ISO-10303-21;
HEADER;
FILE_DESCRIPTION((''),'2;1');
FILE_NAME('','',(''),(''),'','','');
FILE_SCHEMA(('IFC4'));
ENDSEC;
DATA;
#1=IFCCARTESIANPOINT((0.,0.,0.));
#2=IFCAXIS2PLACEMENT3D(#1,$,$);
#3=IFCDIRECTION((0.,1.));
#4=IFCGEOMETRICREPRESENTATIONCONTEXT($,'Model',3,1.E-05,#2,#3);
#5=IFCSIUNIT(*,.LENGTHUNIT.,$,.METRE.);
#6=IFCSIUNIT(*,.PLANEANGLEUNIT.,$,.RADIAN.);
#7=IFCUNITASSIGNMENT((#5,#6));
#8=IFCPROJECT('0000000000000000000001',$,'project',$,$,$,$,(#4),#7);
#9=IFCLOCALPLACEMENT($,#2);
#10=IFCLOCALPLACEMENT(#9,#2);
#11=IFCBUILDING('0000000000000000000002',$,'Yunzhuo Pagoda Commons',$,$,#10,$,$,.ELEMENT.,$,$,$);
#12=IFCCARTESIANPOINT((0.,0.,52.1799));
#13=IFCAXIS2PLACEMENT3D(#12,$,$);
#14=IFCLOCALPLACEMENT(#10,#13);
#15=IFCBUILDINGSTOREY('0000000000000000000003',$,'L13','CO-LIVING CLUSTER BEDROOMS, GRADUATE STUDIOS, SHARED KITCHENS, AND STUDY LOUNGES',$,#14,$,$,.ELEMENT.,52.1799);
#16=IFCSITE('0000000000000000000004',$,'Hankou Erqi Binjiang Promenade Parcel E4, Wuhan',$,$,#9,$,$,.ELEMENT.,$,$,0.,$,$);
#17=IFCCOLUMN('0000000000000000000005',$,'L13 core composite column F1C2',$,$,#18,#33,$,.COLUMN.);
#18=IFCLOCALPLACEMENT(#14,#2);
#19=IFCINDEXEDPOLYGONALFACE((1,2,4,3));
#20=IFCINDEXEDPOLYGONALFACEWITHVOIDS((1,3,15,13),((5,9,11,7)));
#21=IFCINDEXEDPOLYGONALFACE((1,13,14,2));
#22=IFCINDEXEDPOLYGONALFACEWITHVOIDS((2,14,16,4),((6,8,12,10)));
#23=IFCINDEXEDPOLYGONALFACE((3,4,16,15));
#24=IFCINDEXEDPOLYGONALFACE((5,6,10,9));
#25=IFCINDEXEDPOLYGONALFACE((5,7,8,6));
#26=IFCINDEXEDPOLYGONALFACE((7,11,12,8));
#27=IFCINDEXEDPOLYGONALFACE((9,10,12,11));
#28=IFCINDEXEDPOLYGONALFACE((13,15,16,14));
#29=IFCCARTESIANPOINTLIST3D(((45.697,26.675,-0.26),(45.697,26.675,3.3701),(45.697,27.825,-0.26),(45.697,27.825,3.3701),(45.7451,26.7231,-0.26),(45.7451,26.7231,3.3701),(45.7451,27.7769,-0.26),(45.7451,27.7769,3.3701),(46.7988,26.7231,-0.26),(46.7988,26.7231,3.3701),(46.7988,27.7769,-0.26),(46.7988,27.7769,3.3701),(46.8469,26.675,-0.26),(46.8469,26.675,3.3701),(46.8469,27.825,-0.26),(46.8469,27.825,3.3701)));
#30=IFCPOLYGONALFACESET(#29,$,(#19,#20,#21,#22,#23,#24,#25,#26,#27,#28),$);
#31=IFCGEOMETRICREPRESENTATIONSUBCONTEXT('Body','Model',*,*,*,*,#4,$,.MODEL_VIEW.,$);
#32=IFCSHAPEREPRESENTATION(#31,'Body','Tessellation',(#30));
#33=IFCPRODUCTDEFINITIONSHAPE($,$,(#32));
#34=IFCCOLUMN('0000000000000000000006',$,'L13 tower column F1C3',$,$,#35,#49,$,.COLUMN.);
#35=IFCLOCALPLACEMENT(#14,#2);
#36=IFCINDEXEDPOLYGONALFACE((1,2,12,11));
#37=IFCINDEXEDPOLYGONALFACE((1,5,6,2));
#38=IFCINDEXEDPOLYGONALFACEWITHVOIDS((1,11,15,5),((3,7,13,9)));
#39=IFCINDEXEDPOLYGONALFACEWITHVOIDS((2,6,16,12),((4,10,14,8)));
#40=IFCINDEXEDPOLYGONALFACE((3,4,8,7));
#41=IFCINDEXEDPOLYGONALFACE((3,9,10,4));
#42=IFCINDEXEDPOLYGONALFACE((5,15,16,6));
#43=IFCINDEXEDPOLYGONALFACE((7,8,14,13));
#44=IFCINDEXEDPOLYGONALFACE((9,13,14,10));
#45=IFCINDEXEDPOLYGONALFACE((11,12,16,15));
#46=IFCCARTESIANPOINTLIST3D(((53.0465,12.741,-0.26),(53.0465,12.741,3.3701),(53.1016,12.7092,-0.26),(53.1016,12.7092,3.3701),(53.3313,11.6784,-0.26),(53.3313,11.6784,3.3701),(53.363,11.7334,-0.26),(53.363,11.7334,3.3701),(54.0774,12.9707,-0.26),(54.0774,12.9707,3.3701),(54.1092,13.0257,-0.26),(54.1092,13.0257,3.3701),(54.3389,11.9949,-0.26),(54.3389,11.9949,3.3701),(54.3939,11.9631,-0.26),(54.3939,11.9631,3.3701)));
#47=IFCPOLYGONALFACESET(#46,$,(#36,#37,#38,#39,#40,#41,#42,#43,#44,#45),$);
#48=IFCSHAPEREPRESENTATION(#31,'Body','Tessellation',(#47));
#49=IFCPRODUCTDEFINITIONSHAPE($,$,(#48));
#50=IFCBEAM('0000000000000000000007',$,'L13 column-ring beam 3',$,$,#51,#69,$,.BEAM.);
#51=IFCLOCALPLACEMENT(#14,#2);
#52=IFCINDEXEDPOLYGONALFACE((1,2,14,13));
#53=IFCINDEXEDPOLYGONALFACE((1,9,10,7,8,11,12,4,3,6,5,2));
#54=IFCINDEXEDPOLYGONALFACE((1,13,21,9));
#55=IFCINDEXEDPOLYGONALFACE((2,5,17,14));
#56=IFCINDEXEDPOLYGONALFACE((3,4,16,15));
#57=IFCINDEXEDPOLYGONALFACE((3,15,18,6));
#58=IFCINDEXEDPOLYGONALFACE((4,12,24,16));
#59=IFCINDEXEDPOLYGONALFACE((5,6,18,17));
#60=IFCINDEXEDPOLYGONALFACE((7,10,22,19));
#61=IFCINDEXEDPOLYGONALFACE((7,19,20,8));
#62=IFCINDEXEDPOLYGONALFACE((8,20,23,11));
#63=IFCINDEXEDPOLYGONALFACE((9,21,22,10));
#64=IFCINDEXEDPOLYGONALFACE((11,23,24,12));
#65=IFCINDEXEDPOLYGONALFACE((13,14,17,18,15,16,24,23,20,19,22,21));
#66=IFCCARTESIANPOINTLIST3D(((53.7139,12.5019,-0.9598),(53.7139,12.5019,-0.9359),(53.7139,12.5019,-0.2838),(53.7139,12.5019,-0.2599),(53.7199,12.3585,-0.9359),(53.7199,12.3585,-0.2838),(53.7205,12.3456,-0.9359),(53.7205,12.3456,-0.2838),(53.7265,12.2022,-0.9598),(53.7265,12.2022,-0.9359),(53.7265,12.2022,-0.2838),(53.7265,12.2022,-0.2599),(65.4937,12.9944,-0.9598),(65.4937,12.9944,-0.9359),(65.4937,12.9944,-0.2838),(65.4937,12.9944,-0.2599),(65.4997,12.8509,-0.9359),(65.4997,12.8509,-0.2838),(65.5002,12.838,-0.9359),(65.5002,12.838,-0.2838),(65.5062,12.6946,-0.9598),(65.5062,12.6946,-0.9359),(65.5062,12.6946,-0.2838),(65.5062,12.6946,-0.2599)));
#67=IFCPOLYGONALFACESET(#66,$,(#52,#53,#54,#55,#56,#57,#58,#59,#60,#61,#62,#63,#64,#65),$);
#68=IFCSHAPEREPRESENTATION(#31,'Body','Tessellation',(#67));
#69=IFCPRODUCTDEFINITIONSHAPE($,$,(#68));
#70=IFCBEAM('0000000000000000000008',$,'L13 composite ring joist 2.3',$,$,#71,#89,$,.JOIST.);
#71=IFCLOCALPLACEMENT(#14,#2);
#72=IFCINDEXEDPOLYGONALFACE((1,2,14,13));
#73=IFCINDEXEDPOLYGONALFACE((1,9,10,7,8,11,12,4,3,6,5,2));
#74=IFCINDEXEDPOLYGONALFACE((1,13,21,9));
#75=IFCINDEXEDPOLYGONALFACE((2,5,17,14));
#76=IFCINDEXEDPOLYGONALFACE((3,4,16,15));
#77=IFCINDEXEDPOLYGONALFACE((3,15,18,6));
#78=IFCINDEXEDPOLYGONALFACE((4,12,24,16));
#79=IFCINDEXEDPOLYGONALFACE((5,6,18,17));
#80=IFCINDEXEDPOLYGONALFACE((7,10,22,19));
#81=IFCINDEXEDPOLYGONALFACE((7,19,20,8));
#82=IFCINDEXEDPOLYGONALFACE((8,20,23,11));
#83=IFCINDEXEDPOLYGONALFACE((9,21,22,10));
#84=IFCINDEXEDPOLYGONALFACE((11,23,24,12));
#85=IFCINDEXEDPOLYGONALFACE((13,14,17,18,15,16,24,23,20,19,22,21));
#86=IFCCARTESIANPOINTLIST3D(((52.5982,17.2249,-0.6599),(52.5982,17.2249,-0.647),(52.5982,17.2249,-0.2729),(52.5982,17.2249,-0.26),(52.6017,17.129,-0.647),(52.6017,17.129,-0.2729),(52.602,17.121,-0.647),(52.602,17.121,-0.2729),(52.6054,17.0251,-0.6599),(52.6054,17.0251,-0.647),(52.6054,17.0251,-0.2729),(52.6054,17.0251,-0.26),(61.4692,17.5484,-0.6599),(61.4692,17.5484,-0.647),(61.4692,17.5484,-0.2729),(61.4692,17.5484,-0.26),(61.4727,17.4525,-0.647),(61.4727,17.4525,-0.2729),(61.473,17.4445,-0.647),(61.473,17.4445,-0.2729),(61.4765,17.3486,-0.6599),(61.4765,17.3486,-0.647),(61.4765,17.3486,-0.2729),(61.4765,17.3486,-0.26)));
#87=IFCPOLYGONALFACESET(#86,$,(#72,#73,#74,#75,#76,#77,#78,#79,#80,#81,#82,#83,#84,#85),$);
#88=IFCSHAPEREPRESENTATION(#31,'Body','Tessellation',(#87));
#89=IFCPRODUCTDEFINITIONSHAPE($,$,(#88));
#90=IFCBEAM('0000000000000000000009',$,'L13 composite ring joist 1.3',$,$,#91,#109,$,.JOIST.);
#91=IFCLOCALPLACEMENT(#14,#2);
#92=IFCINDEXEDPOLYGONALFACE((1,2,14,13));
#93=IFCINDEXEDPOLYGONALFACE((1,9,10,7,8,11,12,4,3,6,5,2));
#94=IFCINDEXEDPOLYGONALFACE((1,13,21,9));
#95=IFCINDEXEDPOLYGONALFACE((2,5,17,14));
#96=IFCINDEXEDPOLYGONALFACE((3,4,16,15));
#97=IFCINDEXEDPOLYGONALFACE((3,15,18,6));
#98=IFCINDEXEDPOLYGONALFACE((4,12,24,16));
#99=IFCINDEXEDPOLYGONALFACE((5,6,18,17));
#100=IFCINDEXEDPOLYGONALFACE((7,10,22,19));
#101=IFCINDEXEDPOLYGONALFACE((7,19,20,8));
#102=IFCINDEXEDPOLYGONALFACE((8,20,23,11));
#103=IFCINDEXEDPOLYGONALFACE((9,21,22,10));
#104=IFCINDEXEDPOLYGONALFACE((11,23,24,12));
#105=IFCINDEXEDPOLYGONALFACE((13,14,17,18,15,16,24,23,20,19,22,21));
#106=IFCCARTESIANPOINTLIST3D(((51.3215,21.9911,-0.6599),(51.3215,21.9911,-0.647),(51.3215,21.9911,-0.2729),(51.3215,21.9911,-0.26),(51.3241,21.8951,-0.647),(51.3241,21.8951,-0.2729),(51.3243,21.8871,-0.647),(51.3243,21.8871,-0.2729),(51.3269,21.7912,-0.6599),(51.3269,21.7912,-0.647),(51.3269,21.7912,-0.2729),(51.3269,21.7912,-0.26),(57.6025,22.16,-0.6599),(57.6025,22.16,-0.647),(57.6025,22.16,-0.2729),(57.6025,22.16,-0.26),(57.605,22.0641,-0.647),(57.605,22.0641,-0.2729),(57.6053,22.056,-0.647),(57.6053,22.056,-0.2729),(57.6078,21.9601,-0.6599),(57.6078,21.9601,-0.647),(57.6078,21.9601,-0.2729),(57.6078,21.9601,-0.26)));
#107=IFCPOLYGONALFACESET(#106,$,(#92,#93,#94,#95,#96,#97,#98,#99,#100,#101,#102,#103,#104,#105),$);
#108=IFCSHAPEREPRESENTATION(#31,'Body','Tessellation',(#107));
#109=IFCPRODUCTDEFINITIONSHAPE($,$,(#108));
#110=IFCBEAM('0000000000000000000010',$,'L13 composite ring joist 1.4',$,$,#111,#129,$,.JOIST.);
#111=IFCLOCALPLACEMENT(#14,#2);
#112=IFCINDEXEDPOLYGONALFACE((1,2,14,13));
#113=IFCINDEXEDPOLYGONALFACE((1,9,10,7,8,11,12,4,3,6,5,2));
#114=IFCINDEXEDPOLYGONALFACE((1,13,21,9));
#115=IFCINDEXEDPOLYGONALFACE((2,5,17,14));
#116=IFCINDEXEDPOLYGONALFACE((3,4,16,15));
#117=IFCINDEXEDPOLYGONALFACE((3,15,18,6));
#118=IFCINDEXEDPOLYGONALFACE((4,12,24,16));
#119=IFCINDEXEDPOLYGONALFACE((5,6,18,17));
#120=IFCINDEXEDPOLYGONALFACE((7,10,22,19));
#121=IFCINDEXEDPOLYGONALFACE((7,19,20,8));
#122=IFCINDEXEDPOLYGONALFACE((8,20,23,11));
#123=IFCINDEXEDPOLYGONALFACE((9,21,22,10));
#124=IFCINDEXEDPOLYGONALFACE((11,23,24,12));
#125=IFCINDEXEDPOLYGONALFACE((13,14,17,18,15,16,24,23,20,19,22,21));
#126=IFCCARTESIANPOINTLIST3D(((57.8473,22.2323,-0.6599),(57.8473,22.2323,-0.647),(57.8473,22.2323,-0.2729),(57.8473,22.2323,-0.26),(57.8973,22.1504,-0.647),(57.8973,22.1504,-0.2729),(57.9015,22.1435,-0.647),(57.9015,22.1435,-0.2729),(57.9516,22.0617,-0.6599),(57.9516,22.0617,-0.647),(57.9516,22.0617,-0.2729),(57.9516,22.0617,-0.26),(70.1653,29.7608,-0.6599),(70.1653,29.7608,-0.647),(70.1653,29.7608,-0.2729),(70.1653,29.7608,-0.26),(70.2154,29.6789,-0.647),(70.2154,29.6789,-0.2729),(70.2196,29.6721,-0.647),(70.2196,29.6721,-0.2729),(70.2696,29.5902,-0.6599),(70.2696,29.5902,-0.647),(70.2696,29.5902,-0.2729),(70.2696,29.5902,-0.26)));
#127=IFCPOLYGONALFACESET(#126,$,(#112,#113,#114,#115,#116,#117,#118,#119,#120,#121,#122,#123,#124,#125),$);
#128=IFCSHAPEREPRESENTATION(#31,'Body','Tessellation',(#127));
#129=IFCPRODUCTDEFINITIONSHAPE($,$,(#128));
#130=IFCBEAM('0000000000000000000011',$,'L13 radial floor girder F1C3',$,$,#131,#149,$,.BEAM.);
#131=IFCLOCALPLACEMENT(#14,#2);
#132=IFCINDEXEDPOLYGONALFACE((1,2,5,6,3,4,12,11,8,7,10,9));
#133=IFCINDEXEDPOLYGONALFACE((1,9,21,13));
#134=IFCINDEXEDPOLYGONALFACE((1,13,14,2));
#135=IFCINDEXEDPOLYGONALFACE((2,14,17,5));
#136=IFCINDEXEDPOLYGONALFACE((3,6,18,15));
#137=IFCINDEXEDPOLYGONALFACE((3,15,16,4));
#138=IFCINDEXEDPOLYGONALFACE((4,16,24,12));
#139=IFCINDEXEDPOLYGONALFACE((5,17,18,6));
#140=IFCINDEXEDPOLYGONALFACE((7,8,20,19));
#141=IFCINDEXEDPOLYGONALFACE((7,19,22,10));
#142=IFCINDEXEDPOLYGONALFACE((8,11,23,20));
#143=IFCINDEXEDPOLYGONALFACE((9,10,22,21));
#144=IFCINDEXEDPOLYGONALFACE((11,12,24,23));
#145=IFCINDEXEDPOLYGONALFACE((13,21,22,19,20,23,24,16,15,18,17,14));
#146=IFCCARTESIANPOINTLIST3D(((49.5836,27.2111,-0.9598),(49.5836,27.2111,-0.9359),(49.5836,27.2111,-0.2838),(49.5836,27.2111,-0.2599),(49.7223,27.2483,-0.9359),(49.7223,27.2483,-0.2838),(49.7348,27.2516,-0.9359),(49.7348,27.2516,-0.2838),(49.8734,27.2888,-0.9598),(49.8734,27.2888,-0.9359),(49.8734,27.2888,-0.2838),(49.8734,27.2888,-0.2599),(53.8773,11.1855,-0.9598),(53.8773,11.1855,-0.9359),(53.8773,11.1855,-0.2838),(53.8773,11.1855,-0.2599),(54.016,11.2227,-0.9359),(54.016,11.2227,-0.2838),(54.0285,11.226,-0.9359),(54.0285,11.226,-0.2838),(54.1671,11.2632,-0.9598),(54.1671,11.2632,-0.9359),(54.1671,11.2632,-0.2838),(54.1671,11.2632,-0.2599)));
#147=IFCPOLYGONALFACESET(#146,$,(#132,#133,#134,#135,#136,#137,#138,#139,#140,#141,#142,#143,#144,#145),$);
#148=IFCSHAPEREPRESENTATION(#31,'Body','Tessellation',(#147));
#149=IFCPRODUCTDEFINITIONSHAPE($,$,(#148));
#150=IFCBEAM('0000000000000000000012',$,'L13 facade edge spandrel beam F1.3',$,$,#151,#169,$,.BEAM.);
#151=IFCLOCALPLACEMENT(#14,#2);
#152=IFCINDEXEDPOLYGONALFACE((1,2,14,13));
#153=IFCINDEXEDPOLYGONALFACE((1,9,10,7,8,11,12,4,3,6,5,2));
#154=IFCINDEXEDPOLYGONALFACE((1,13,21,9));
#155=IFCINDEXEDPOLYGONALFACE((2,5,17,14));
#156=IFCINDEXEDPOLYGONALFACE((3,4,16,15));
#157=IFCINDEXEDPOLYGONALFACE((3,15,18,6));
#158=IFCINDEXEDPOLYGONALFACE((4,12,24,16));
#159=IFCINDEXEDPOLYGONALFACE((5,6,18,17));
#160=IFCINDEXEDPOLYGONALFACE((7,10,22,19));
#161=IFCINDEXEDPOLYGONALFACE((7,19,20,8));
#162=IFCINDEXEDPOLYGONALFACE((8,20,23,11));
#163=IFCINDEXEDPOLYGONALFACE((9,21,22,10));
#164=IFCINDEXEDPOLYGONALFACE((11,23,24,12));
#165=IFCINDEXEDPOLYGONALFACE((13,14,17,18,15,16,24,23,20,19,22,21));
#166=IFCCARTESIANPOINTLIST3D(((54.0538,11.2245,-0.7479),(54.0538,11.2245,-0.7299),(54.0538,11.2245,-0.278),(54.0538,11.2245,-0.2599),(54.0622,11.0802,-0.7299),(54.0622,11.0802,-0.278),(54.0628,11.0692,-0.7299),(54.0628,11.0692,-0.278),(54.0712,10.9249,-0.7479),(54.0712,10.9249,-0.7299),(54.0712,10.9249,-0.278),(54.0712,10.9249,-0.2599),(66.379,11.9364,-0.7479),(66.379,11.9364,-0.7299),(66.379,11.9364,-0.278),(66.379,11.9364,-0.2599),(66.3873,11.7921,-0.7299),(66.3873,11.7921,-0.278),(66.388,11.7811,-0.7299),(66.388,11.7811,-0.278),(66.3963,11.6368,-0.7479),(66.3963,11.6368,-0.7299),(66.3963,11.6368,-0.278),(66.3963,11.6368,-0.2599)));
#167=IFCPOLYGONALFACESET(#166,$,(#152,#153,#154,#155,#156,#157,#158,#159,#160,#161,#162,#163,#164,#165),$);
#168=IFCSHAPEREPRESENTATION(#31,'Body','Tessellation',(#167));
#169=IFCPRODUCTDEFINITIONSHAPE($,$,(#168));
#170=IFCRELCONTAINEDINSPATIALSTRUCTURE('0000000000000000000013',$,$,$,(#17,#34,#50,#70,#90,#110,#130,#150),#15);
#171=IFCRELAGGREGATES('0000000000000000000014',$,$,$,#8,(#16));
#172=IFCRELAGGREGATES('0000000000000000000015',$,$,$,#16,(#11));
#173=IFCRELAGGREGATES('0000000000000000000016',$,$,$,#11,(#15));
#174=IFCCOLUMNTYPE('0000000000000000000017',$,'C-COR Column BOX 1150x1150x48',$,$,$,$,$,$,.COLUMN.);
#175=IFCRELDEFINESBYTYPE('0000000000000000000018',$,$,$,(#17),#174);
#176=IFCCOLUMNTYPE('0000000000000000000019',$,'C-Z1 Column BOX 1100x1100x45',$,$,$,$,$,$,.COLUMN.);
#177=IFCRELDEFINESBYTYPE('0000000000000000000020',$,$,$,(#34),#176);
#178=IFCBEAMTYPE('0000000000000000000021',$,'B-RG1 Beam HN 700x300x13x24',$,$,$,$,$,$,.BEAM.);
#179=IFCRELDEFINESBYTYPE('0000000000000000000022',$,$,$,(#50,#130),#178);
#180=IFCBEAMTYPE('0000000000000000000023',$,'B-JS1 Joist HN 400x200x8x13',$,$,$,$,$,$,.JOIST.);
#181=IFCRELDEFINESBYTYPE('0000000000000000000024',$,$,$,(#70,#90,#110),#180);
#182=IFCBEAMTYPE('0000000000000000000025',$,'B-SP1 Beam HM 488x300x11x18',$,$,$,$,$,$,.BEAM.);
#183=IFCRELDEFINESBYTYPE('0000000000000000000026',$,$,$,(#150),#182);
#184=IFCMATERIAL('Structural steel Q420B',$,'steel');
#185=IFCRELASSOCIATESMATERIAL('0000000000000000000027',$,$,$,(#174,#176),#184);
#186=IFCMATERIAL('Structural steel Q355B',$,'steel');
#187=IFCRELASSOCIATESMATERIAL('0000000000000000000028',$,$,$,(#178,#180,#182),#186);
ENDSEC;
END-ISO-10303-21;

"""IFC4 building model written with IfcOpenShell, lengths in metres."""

from ifc_helpers import new_model, si_unit, direction, frame, origin, origin_2d, place, context, subcontext, project, spatial, hollow_rectangle, i_section, extrude, source, transform, mapped, material, material_profile, profile_set, type_object, element, save


model = new_model("IFC4")

# Units and contexts
model_context = context("Model", 3, precision=1e-05, world=origin(), true_north=direction((0.0, 1.0)))
body_context = subcontext(model_context, "Body", "Model", "MODEL_VIEW")
ifc_project = project(units=[si_unit("LENGTHUNIT", "METRE"), si_unit("PLANEANGLEUNIT", "RADIAN")], contexts=[model_context])

# Site, building, storey
site_placement = place(None, origin())
site = spatial("IfcSite", under=ifc_project, at=site_placement, Name="Hankou Erqi Binjiang Promenade Parcel E4, Wuhan", CompositionType="ELEMENT", RefElevation=0.0)
building_placement = place(site_placement, origin())
building = spatial("IfcBuilding", under=site, at=building_placement, Name="Yunzhuo Pagoda Commons", CompositionType="ELEMENT")
storey_placement = place(building_placement, frame((0.0, 0.0, 52.1799)))
storey = spatial("IfcBuildingStorey", under=building, at=storey_placement, Name="L13", Description="CO-LIVING CLUSTER BEDROOMS, GRADUATE STUDIOS, SHARED KITCHENS, AND STUDY LOUNGES", CompositionType="ELEMENT", Elevation=52.1799)

# Columns
ifc_material_1 = material(Name="Structural steel Q420B", Category="steel")
ifc_material_profile_1 = material_profile(ifc_material_1, hollow_rectangle(XDim=1.1499, YDim=1.1499, WallThickness=0.0481, at=origin_2d()), Name="Structural steel Q420B")
ifc_profile_set_1 = profile_set([ifc_material_profile_1], Name="Structural steel Q420B")
column_type_1 = type_object("IfcColumnType", Name="C-COR Column BOX 1150x1150x48", PredefinedType="COLUMN", material=ifc_profile_set_1)
shared_shape_1 = source(origin(), body_context, "Body", "SweptSolid", [
    extrude(hollow_rectangle(XDim=1.1499, YDim=1.1499, WallThickness=0.0481, at=origin_2d()), origin(), (0.0, 0.0, 1.0), 3.6301),
])
column_1_placement = place(storey_placement, frame((46.272, 27.25, -0.26), z_axis=(0.0, 0.0, 1.0), x_axis=(1.0, 0.0, 0.0)))
element("IfcColumn", 1, at=column_1_placement, inside=storey, type_object=column_type_1, Name="L13 core composite column F1C2", PredefinedType="COLUMN", context=body_context, shape_type="MappedRepresentation", body=[
    mapped(shared_shape_1, transform((0.0, 0.0, 0.0), scale=1.0)),
])
ifc_material_profile_2 = material_profile(ifc_material_1, hollow_rectangle(XDim=1.1001, YDim=1.1001, WallThickness=0.0449, at=origin_2d()), Name="Structural steel Q420B")
ifc_profile_set_2 = profile_set([ifc_material_profile_2], Name="Structural steel Q420B")
column_type_2 = type_object("IfcColumnType", Name="C-Z1 Column BOX 1100x1100x45", PredefinedType="COLUMN", material=ifc_profile_set_2)
shared_shape_2 = source(origin(), body_context, "Body", "SweptSolid", [
    extrude(hollow_rectangle(XDim=1.1001, YDim=1.1001, WallThickness=0.0449, at=origin_2d()), origin(), (0.0, 0.0, 1.0), 3.6301),
])
column_2_placement = place(storey_placement, frame((53.7202, 12.3521, -0.26), z_axis=(0.0, 0.0, 1.0), x_axis=(0.965926, 0.258819, 0.0)))
element("IfcColumn", 2, at=column_2_placement, inside=storey, type_object=column_type_2, Name="L13 tower column F1C3", PredefinedType="COLUMN", context=body_context, shape_type="MappedRepresentation", body=[
    mapped(shared_shape_2, transform((0.0, 0.0, 0.0), scale=1.0)),
])

# Beams
ifc_material_2 = material(Name="Structural steel Q355B", Category="steel")
ifc_material_profile_3 = material_profile(ifc_material_2, i_section(OverallWidth=0.3, OverallDepth=0.7, WebThickness=0.0129, FlangeThickness=0.0239, at=origin_2d()), Name="Structural steel Q355B")
ifc_profile_set_3 = profile_set([ifc_material_profile_3], Name="Structural steel Q355B")
beam_type_1 = type_object("IfcBeamType", Name="B-RG1 Beam HN 700x300x13x24", PredefinedType="BEAM", material=ifc_profile_set_3)
shared_shape_3 = source(origin(), body_context, "Body", "SweptSolid", [
    extrude(i_section(OverallWidth=0.3, OverallDepth=0.7, WebThickness=0.0129, FlangeThickness=0.0239, at=origin_2d()), origin(), (0.0, 0.0, 1.0), 11.79),
])
beam_1_placement = place(storey_placement, frame((53.7202, 12.3521, -0.6099), z_axis=(0.999127, 0.041767, 0.0), x_axis=(-0.041767, 0.999127, 0.0)))
element("IfcBeam", 3, at=beam_1_placement, inside=storey, type_object=beam_type_1, Name="L13 column-ring beam 3", PredefinedType="BEAM", context=body_context, shape_type="MappedRepresentation", body=[
    mapped(shared_shape_3, transform((0.0, 0.0, 0.0), scale=1.0)),
])
ifc_material_profile_4 = material_profile(ifc_material_2, i_section(OverallWidth=0.2, OverallDepth=0.3999, WebThickness=0.0081, FlangeThickness=0.0129, at=origin_2d()), Name="Structural steel Q355B")
ifc_profile_set_4 = profile_set([ifc_material_profile_4], Name="Structural steel Q355B")
beam_type_2 = type_object("IfcBeamType", Name="B-JS1 Joist HN 400x200x8x13", PredefinedType="JOIST", material=ifc_profile_set_4)
shared_shape_4 = source(origin(), body_context, "Body", "SweptSolid", [
    extrude(i_section(OverallWidth=0.2, OverallDepth=0.3999, WebThickness=0.0081, FlangeThickness=0.0129, at=origin_2d()), origin(), (0.0, 0.0, 1.0), 8.877),
])
beam_2_placement = place(storey_placement, frame((52.6018, 17.125, -0.46), z_axis=(0.999336, 0.036441, 0.0), x_axis=(-0.036441, 0.999336, 0.0)))
element("IfcBeam", 4, at=beam_2_placement, inside=storey, type_object=beam_type_2, Name="L13 composite ring joist 2.3", PredefinedType="JOIST", context=body_context, shape_type="MappedRepresentation", body=[
    mapped(shared_shape_4, transform((0.0, 0.0, 0.0), scale=1.0)),
])
shared_shape_5 = source(origin(), body_context, "Body", "SweptSolid", [
    extrude(i_section(OverallWidth=0.2, OverallDepth=0.3999, WebThickness=0.0081, FlangeThickness=0.0129, at=origin_2d()), origin(), (0.0, 0.0, 1.0), 6.2832),
])
beam_3_placement = place(storey_placement, frame((51.3242, 21.8911, -0.46), z_axis=(0.999638, 0.026888, 0.0), x_axis=(-0.026888, 0.999638, 0.0)))
element("IfcBeam", 5, at=beam_3_placement, inside=storey, type_object=beam_type_2, Name="L13 composite ring joist 1.3", PredefinedType="JOIST", context=body_context, shape_type="MappedRepresentation", body=[
    mapped(shared_shape_5, transform((0.0, 0.0, 0.0), scale=1.0)),
])
shared_shape_6 = source(origin(), body_context, "Body", "SweptSolid", [
    extrude(i_section(OverallWidth=0.2, OverallDepth=0.3999, WebThickness=0.0081, FlangeThickness=0.0129, at=origin_2d()), origin(), (0.0, 0.0, 1.0), 14.4365),
])
beam_4_placement = place(storey_placement, frame((57.8994, 22.147, -0.46), z_axis=(0.853256, 0.521492, 0.0), x_axis=(-0.521492, 0.853256, 0.0)))
element("IfcBeam", 6, at=beam_4_placement, inside=storey, type_object=beam_type_2, Name="L13 composite ring joist 1.4", PredefinedType="JOIST", context=body_context, shape_type="MappedRepresentation", body=[
    mapped(shared_shape_6, transform((0.0, 0.0, 0.0), scale=1.0)),
])
shared_shape_7 = source(origin(), body_context, "Body", "SweptSolid", [
    extrude(i_section(OverallWidth=0.3, OverallDepth=0.7, WebThickness=0.0129, FlangeThickness=0.0239, at=origin_2d()), origin(), (0.0, 0.0, 1.0), 16.5908),
])
beam_5_placement = place(storey_placement, frame((54.0222, 11.2244, -0.6099), z_axis=(-0.258799, 0.965931, 0.0), x_axis=(-0.965931, -0.258799, 0.0)))
element("IfcBeam", 7, at=beam_5_placement, inside=storey, type_object=beam_type_1, Name="L13 radial floor girder F1C3", PredefinedType="BEAM", context=body_context, shape_type="MappedRepresentation", body=[
    mapped(shared_shape_7, transform((0.0, 0.0, 0.0), scale=1.0)),
])
ifc_material_profile_5 = material_profile(ifc_material_2, i_section(OverallWidth=0.3, OverallDepth=0.488, WebThickness=0.011, FlangeThickness=0.0181, at=origin_2d()), Name="Structural steel Q355B")
ifc_profile_set_5 = profile_set([ifc_material_profile_5], Name="Structural steel Q355B")
beam_type_3 = type_object("IfcBeamType", Name="B-SP1 Beam HM 488x300x11x18", PredefinedType="BEAM", material=ifc_profile_set_5)
shared_shape_8 = source(origin(), body_context, "Body", "SweptSolid", [
    extrude(i_section(OverallWidth=0.3, OverallDepth=0.488, WebThickness=0.011, FlangeThickness=0.0181, at=origin_2d()), origin(), (0.0, 0.0, 1.0), 12.3457),
])
beam_6_placement = place(storey_placement, frame((54.0625, 11.0747, -0.5039), z_axis=(0.998336, 0.057665, 0.0), x_axis=(-0.057665, 0.998336, 0.0)))
element("IfcBeam", 8, at=beam_6_placement, inside=storey, type_object=beam_type_3, Name="L13 facade edge spandrel beam F1.3", PredefinedType="BEAM", context=body_context, shape_type="MappedRepresentation", body=[
    mapped(shared_shape_8, transform((0.0, 0.0, 0.0), scale=1.0)),
])

save(model, "model.ifc")
